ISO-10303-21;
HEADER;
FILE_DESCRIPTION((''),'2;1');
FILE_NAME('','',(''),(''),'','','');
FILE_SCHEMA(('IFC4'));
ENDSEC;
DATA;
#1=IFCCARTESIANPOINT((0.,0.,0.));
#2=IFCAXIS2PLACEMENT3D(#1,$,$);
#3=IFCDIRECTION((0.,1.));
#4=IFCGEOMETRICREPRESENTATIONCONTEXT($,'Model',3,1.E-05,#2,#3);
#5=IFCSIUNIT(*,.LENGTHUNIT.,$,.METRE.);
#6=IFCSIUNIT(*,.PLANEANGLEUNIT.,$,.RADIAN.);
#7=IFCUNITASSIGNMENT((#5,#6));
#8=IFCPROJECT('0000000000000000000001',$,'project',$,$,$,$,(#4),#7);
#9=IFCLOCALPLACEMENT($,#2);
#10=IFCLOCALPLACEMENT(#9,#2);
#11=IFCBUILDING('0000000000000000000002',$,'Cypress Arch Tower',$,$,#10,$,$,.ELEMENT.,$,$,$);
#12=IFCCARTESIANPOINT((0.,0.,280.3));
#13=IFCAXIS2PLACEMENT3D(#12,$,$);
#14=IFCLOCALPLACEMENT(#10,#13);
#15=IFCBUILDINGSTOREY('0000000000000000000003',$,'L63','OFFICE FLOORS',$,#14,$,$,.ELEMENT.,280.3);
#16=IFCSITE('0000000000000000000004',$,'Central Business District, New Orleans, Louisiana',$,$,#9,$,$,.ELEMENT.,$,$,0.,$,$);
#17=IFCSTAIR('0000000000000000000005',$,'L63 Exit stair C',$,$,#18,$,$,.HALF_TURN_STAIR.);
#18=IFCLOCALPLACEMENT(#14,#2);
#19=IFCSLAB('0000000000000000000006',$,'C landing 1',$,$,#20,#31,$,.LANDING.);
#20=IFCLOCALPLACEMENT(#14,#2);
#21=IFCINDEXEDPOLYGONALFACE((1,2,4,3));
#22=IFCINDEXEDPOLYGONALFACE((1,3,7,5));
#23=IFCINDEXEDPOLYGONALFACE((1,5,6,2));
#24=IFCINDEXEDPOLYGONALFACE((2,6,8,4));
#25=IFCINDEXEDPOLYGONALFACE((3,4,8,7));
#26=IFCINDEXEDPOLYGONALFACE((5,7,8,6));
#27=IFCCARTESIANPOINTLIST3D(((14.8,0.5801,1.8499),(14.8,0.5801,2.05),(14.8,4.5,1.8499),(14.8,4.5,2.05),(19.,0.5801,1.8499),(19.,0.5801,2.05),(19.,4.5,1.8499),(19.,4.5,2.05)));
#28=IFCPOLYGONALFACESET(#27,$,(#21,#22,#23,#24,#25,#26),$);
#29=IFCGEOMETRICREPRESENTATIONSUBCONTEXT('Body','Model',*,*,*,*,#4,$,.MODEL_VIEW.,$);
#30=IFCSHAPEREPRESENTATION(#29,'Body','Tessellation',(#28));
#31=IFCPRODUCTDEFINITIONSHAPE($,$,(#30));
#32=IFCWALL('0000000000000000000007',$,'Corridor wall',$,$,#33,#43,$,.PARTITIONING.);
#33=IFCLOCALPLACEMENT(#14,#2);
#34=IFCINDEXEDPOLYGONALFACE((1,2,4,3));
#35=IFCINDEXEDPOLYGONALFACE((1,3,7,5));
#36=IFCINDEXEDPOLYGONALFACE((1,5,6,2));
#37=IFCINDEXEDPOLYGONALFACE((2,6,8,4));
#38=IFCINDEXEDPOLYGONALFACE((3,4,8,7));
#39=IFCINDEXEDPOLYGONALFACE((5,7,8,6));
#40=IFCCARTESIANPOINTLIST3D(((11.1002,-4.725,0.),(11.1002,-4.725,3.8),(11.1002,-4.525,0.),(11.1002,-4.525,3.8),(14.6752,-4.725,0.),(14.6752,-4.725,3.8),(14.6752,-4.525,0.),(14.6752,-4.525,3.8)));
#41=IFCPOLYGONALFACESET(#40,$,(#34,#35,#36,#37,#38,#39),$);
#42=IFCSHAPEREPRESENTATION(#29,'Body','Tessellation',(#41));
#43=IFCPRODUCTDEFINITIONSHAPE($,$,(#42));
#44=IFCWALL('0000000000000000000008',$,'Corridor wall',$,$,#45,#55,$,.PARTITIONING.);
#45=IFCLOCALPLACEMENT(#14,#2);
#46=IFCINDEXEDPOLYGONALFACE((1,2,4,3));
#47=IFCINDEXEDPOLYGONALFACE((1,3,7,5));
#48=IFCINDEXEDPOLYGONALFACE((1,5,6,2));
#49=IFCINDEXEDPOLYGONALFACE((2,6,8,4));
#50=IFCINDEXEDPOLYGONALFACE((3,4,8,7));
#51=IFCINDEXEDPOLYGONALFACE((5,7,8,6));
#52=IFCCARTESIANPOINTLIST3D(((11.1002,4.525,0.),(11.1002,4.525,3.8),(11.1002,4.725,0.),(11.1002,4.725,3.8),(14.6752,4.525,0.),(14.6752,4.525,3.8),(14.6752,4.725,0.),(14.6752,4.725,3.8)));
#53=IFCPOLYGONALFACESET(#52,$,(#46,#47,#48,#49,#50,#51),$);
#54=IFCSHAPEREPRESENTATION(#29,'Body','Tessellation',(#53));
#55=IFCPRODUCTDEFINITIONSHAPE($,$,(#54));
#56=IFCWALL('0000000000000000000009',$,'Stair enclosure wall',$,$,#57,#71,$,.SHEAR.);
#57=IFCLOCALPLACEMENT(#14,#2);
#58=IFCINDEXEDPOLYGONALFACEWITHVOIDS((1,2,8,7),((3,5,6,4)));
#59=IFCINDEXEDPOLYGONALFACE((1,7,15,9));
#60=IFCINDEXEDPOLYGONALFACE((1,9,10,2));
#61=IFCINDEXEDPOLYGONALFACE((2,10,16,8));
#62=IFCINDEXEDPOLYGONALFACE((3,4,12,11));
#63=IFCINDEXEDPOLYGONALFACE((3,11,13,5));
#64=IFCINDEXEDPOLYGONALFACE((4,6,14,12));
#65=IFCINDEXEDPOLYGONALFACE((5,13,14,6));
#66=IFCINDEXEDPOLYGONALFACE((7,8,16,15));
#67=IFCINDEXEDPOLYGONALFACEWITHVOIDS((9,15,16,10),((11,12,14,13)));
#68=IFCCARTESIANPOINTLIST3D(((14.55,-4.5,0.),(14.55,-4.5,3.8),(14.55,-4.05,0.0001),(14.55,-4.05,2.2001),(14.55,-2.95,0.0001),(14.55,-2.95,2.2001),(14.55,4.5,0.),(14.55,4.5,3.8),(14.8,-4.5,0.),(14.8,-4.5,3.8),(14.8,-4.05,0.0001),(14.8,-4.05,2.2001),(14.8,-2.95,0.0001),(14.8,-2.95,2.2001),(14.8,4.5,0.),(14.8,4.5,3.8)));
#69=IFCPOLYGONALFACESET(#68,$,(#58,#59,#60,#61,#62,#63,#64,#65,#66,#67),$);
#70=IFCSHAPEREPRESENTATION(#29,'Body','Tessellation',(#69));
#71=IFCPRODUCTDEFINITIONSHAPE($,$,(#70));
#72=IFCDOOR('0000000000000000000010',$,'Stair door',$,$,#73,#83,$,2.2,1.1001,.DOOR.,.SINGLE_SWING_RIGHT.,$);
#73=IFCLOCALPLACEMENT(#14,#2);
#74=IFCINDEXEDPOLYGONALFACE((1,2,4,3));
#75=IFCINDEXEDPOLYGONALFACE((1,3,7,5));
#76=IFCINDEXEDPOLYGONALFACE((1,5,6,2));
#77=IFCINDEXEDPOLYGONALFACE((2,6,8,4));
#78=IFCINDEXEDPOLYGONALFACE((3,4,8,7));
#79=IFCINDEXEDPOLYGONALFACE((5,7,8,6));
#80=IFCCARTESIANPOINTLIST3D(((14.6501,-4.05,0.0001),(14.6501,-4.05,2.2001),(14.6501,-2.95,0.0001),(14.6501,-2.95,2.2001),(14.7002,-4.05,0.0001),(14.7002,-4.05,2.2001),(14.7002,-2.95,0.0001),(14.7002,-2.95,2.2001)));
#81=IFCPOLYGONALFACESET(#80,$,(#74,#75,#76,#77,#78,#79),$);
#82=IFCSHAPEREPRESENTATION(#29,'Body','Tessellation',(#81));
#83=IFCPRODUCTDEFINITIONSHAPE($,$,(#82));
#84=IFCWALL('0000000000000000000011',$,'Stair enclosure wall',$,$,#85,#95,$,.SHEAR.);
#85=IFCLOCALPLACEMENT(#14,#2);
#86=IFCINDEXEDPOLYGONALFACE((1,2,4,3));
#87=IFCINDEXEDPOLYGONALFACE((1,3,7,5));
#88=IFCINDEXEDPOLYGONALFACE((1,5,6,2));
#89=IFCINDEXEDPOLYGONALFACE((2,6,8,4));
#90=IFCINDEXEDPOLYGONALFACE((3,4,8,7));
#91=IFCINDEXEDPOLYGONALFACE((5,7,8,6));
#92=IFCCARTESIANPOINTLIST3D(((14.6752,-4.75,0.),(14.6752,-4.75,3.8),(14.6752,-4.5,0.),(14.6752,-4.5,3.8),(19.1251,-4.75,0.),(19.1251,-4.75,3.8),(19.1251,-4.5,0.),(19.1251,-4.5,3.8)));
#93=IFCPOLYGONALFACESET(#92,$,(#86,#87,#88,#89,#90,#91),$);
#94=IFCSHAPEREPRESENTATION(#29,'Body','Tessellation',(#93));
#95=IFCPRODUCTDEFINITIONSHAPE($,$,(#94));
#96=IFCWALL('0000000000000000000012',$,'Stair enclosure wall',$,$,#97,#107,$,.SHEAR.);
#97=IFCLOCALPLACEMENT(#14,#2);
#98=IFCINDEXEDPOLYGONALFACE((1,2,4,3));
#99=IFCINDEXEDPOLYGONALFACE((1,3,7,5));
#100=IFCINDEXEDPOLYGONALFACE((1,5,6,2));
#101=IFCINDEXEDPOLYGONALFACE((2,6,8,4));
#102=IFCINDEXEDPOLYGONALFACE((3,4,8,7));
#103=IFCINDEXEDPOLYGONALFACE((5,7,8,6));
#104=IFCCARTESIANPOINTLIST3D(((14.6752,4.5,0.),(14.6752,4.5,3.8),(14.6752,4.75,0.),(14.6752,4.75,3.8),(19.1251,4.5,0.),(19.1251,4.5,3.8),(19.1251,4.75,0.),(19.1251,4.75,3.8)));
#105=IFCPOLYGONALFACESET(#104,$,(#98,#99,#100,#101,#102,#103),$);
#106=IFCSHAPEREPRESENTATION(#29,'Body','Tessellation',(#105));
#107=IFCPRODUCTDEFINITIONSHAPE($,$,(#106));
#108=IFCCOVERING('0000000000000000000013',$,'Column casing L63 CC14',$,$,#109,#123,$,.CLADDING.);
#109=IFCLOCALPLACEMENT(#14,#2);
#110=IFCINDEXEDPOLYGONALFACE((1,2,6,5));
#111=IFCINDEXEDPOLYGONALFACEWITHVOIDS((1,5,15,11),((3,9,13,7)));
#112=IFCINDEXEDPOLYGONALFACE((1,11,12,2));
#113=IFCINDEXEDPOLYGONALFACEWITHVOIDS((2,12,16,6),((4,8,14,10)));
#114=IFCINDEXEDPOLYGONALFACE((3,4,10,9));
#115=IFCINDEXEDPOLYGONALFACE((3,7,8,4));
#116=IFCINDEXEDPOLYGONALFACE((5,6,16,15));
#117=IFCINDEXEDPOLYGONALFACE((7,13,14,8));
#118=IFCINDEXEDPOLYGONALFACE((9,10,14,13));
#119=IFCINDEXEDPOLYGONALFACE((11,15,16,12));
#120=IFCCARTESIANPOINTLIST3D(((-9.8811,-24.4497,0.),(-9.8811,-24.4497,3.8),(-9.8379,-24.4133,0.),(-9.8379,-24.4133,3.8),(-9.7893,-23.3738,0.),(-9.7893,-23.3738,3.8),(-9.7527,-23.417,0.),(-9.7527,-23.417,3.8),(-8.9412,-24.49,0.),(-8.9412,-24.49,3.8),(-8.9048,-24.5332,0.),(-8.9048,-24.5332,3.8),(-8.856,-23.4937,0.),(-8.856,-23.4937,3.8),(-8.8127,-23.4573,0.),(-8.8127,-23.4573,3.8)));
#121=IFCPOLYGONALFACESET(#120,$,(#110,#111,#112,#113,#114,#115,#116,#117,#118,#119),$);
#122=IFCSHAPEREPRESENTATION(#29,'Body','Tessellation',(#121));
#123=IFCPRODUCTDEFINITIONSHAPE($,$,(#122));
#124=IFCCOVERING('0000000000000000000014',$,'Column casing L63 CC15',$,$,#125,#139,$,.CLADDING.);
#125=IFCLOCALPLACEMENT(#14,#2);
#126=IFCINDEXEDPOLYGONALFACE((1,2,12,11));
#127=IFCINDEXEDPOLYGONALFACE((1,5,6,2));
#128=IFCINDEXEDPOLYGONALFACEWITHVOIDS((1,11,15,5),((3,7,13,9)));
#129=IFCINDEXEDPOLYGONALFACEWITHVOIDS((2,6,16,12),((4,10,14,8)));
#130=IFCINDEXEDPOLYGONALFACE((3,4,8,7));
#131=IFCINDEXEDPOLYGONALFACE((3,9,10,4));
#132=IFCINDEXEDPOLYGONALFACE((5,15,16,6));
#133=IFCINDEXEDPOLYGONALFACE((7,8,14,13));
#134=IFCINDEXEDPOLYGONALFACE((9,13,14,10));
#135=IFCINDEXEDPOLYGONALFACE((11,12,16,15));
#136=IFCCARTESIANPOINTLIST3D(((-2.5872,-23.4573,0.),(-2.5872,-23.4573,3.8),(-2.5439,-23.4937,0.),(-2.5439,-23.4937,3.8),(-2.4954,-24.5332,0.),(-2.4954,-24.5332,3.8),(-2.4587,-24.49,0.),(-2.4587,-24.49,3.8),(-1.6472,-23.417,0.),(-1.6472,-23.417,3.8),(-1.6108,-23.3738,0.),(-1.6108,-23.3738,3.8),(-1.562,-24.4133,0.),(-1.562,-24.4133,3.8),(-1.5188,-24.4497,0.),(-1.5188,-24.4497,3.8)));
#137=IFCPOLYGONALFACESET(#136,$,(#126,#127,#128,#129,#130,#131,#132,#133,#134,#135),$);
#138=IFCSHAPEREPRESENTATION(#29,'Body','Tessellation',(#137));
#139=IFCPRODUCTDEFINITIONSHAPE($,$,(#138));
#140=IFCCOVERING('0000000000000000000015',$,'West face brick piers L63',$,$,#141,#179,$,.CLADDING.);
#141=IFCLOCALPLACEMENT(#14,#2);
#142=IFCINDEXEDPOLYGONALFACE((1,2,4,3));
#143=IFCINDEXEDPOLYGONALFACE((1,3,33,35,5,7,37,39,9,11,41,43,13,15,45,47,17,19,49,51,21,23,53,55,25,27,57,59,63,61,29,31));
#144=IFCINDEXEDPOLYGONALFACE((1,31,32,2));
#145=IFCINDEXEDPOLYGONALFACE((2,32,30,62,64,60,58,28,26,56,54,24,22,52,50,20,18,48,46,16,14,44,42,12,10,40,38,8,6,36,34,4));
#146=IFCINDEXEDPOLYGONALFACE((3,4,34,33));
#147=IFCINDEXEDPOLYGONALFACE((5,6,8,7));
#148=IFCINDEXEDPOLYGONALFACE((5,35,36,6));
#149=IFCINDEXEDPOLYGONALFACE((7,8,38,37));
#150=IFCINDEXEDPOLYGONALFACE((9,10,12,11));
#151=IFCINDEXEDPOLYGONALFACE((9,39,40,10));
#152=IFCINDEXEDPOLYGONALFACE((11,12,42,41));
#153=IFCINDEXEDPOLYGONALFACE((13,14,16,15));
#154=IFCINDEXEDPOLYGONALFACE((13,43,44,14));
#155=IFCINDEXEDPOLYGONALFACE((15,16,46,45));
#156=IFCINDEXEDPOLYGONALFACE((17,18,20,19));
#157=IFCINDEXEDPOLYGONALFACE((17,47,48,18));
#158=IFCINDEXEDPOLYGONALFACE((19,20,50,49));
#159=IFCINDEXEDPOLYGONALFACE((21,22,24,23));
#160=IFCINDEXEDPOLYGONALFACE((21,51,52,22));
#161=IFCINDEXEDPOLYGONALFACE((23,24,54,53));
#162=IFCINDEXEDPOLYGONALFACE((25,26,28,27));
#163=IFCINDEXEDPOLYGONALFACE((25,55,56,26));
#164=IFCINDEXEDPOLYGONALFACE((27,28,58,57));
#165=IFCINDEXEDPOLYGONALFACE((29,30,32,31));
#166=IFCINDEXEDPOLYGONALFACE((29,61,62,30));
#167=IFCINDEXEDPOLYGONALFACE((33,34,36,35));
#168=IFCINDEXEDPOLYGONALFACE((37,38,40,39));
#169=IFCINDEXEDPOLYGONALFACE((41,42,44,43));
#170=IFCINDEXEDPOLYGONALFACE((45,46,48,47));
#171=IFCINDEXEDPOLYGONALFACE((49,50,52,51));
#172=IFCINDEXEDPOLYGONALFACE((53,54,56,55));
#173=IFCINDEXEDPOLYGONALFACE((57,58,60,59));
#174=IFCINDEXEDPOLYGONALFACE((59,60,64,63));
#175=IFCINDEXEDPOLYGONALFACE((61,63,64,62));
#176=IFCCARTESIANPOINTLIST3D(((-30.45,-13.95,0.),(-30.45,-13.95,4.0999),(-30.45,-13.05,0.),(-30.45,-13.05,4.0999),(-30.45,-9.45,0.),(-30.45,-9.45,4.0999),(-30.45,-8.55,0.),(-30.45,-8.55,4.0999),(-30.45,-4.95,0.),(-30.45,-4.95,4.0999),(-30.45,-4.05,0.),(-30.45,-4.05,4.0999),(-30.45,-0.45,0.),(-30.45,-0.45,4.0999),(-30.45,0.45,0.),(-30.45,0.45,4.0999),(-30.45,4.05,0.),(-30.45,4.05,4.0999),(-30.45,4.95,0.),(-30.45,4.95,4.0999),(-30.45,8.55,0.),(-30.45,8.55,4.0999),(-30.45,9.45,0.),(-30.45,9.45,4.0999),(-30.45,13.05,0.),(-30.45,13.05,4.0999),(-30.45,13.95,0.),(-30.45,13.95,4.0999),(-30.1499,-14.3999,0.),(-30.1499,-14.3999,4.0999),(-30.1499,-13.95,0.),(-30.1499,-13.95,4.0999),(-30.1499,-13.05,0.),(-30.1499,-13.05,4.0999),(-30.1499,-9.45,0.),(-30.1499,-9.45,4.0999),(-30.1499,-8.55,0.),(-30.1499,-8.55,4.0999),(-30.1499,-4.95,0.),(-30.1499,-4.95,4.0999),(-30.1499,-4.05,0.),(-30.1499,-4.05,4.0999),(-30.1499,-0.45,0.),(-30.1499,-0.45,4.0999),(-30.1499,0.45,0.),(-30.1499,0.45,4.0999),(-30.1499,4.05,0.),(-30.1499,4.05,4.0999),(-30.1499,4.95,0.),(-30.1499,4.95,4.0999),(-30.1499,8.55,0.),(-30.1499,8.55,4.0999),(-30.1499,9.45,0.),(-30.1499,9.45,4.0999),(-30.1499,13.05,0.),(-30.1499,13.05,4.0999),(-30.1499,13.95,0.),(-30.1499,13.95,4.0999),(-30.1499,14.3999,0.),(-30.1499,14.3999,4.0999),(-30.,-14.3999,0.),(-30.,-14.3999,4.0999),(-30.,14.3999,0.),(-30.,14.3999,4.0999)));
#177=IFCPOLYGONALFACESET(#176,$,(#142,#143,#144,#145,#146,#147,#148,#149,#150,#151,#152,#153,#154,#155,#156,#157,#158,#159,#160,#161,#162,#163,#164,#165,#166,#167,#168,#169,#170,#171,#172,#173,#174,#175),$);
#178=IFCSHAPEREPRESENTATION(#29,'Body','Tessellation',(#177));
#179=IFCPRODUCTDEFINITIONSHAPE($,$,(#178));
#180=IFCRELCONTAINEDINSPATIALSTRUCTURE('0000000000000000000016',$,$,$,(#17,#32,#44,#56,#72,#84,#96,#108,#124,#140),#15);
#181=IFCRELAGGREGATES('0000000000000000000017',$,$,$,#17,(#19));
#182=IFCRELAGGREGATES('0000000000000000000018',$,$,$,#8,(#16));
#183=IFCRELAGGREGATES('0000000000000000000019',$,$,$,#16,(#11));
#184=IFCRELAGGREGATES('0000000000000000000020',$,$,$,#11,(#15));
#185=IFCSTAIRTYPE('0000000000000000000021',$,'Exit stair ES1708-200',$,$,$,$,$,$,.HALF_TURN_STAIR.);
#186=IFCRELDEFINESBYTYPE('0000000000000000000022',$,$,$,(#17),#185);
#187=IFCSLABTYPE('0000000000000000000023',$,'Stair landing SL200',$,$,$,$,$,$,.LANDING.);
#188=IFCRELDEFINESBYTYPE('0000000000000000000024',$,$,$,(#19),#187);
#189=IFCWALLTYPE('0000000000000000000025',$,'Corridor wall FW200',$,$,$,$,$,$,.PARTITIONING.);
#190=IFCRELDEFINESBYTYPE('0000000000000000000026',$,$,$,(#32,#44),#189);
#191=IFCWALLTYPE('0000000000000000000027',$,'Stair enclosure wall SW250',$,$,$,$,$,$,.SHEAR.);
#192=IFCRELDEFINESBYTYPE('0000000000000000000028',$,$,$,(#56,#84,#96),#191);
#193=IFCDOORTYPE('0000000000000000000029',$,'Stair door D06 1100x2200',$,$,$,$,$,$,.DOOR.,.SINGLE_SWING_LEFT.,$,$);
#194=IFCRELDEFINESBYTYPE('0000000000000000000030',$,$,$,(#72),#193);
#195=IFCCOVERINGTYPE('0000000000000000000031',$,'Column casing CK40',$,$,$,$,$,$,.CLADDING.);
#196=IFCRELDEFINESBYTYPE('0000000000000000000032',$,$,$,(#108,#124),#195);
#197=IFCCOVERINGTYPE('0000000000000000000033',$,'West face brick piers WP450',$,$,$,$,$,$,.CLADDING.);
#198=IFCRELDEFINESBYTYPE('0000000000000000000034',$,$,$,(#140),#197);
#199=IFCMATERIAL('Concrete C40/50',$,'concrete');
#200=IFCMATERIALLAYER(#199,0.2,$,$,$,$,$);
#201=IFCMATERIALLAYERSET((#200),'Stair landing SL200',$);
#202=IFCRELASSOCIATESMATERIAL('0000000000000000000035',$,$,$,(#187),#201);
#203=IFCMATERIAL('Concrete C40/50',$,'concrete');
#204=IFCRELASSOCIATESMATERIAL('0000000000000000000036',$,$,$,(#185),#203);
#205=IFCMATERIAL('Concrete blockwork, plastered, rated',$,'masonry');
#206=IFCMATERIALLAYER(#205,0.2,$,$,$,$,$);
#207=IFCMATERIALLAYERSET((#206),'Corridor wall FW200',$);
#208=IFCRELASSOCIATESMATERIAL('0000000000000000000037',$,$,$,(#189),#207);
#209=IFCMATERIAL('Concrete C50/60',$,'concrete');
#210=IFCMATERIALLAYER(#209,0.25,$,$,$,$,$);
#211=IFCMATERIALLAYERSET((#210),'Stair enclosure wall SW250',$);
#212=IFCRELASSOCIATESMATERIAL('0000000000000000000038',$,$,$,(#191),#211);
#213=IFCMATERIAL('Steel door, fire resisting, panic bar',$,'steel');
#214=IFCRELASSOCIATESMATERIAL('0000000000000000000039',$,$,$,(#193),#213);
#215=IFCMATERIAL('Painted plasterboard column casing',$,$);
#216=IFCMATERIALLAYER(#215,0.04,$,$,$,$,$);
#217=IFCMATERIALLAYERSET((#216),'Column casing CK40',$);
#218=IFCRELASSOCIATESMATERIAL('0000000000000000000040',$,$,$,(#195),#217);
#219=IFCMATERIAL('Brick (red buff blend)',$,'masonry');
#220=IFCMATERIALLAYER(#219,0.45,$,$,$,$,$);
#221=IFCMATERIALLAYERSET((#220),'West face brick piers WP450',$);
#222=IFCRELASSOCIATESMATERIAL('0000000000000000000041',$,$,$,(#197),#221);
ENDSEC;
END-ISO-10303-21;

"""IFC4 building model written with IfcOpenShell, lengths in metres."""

from ifc_helpers import new_model, si_unit, direction, frame, frame_2d, origin, place, context, subcontext, project, spatial, polyline, rectangle, outline, extrude, material, layer, layer_set, type_object, element, fill, aggregate, save


model = new_model("IFC4")

# Units and contexts
model_context = context("Model", 3, precision=1e-05, world=origin(), true_north=direction((0.0, 1.0)))
body_context = subcontext(model_context, "Body", "Model", "MODEL_VIEW")
ifc_project = project(units=[si_unit("LENGTHUNIT", "METRE"), si_unit("PLANEANGLEUNIT", "RADIAN")], contexts=[model_context])

# Site, building, storey
site_placement = place(None, origin())
site = spatial("IfcSite", under=ifc_project, at=site_placement, Name="Central Business District, New Orleans, Louisiana", CompositionType="ELEMENT", RefElevation=0.0)
building_placement = place(site_placement, origin())
building = spatial("IfcBuilding", under=site, at=building_placement, Name="Cypress Arch Tower", CompositionType="ELEMENT")
storey_placement = place(building_placement, frame((0.0, 0.0, 280.3)))
storey = spatial("IfcBuildingStorey", under=building, at=storey_placement, Name="L63", Description="OFFICE FLOORS", CompositionType="ELEMENT", Elevation=280.3)

# Stair, slab
ifc_material_1 = material(Name="Concrete C40/50", Category="concrete")
ifc_layer_1 = layer(ifc_material_1, 0.2)
ifc_layer_set_1 = layer_set([ifc_layer_1], Name="Stair landing SL200")
slab_type_1 = type_object("IfcSlabType", Name="Stair landing SL200", PredefinedType="LANDING", material=ifc_layer_set_1)
ifc_material_2 = material(Name="Concrete C40/50", Category="concrete")
stair_type_1 = type_object("IfcStairType", Name="Exit stair ES1708-200", PredefinedType="HALF_TURN_STAIR", material=ifc_material_2)
stair_1_placement = place(storey_placement, origin())
stair_1 = element("IfcStair", 1, at=stair_1_placement, inside=storey, type_object=stair_type_1, Name="L63 Exit stair C", PredefinedType="HALF_TURN_STAIR")
slab_1_placement = place(storey_placement, frame((0.0, 0.0, 1.8499)))
slab_1 = element("IfcSlab", 2, at=slab_1_placement, type_object=slab_type_1, Name="C landing 1", PredefinedType="LANDING", context=body_context, shape_type="SweptSolid", body=[
    extrude(outline(polyline([(19.0, 0.5801), (19.0, 4.5), (14.8, 4.5), (14.8, 0.5801), (19.0, 0.5801)])), origin(), (0.0, 0.0, 1.0), 0.2002),
])
aggregate(stair_1, [slab_1])

# Walls
ifc_material_3 = material(Name="Concrete blockwork, plastered, rated", Category="masonry")
ifc_layer_2 = layer(ifc_material_3, 0.2)
ifc_layer_set_2 = layer_set([ifc_layer_2], Name="Corridor wall FW200")
wall_type_1 = type_object("IfcWallType", Name="Corridor wall FW200", PredefinedType="PARTITIONING", material=ifc_layer_set_2)
for number, where, z_axis, x_axis, name in (
    (3, (11.1001, -4.625, 0.0), (0.0, 0.0, 1.0), (1.0, 0.0, 0.0), "Corridor wall"),
    (4, (11.1001, 4.625, 0.0), (0.0, 0.0, 1.0), (1.0, 0.0, 0.0), "Corridor wall"),
):
    element("IfcWall", number, at=place(storey_placement, frame(where, z_axis=z_axis, x_axis=x_axis)), inside=storey, type_object=wall_type_1, Name=name, PredefinedType="PARTITIONING", context=body_context, shape_type="SweptSolid", body=[
        extrude(rectangle(XDim=3.575, YDim=0.2, at=frame_2d((1.7876, 0.0))), origin(), (0.0, 0.0, 1.0), 3.8),
    ])

# Wall, opening, door
ifc_material_4 = material(Name="Concrete C50/60", Category="concrete")
ifc_layer_3 = layer(ifc_material_4, 0.25)
ifc_layer_set_3 = layer_set([ifc_layer_3], Name="Stair enclosure wall SW250")
wall_type_2 = type_object("IfcWallType", Name="Stair enclosure wall SW250", PredefinedType="SHEAR", material=ifc_layer_set_3)
wall_placement = place(storey_placement, frame((14.675, -4.5, 0.0), z_axis=(0.0, 0.0, 1.0), x_axis=(0.0, 1.0, 0.0)))
wall = element("IfcWall", 5, at=wall_placement, inside=storey, type_object=wall_type_2, Name="Stair enclosure wall", PredefinedType="SHEAR", context=body_context, shape_type="SweptSolid", body=[
    extrude(rectangle(XDim=9.0, YDim=0.25, at=frame_2d((4.5, 0.0))), origin(), (0.0, 0.0, 1.0), 3.8),
])
opening_placement = place(wall_placement, frame((0.45, 0.0, 0.0)))
opening = element("IfcOpeningElement", 6, at=opening_placement, cuts=wall, PredefinedType="OPENING", context=body_context, shape_type="SweptSolid", body=[
    extrude(rectangle(XDim=1.1001, YDim=2.2, at=frame_2d((0.55, 1.1001))), frame((0.0, 0.135, 0.0), z_axis=(0.0, -1.0, 0.0), x_axis=(1.0, 0.0, 0.0)), (0.0, 0.0, 1.0), 0.27),
])
ifc_material_5 = material(Name="Steel door, fire resisting, panic bar", Category="steel")
door_type = type_object("IfcDoorType", Name="Stair door D06 1100x2200", OperationType="SINGLE_SWING_LEFT", PredefinedType="DOOR", material=ifc_material_5)
door_placement = place(opening_placement, origin())
door = element("IfcDoor", 7, at=door_placement, inside=storey, type_object=door_type, Name="Stair door", OperationType="SINGLE_SWING_RIGHT", OverallHeight=2.2, OverallWidth=1.1001, PredefinedType="DOOR", context=body_context, shape_type="SweptSolid", body=[
    extrude(rectangle(XDim=1.1001, YDim=2.2, at=frame_2d((0.55, 1.1001))), frame((0.0, 0.0249, 0.0), z_axis=(0.0, -1.0, 0.0), x_axis=(1.0, 0.0, 0.0)), (0.0, 0.0, 1.0), 0.05),
])
fill(opening, door)

# Walls
for number, where, z_axis, x_axis, name in (
    (8, (14.675, -4.625, 0.0), (0.0, 0.0, 1.0), (1.0, 0.0, 0.0), "Stair enclosure wall"),
    (9, (14.675, 4.625, 0.0), (0.0, 0.0, 1.0), (1.0, 0.0, 0.0), "Stair enclosure wall"),
):
    element("IfcWall", number, at=place(storey_placement, frame(where, z_axis=z_axis, x_axis=x_axis)), inside=storey, type_object=wall_type_2, Name=name, PredefinedType="SHEAR", context=body_context, shape_type="SweptSolid", body=[
        extrude(rectangle(XDim=4.45, YDim=0.25, at=frame_2d((2.2251, 0.0))), origin(), (0.0, 0.0, 1.0), 3.8),
    ])

# Coverings
ifc_material_6 = material(Name="Painted plasterboard column casing")
ifc_layer_4 = layer(ifc_material_6, 0.04)
ifc_layer_set_4 = layer_set([ifc_layer_4], Name="Column casing CK40")
covering_type_1 = type_object("IfcCoveringType", Name="Column casing CK40", PredefinedType="CLADDING", material=ifc_layer_set_4)
covering_1_placement = place(storey_placement, origin())
element("IfcCovering", 10, at=covering_1_placement, inside=storey, type_object=covering_type_1, Name="Column casing L63 CC14", PredefinedType="CLADDING", context=body_context, shape_type="SweptSolid", body=[
    extrude(outline(polyline([(-9.8811, -24.4497), (-9.7893, -23.3738), (-8.8127, -23.4573), (-8.9048, -24.5332), (-9.8811, -24.4497)]), holes=[polyline([(-9.8379, -24.4133), (-8.9412, -24.49), (-8.856, -23.4937), (-9.7527, -23.417), (-9.8379, -24.4133)])]), origin(), (0.0, 0.0, 1.0), 3.8),
])
covering_2_placement = place(storey_placement, origin())
element("IfcCovering", 11, at=covering_2_placement, inside=storey, type_object=covering_type_1, Name="Column casing L63 CC15", PredefinedType="CLADDING", context=body_context, shape_type="SweptSolid", body=[
    extrude(outline(polyline([(-2.4954, -24.5332), (-2.5872, -23.4573), (-1.6108, -23.3738), (-1.5188, -24.4497), (-2.4954, -24.5332)]), holes=[polyline([(-2.4587, -24.49), (-1.562, -24.4133), (-1.6472, -23.417), (-2.5439, -23.4937), (-2.4587, -24.49)])]), origin(), (0.0, 0.0, 1.0), 3.8),
])
ifc_material_7 = material(Name="Brick (red buff blend)", Category="masonry")
ifc_layer_5 = layer(ifc_material_7, 0.45)
ifc_layer_set_5 = layer_set([ifc_layer_5], Name="West face brick piers WP450")
covering_type_2 = type_object("IfcCoveringType", Name="West face brick piers WP450", PredefinedType="CLADDING", material=ifc_layer_set_5)
covering_3_placement = place(storey_placement, origin())
element("IfcCovering", 12, at=covering_3_placement, inside=storey, type_object=covering_type_2, Name="West face brick piers L63", PredefinedType="CLADDING", context=body_context, shape_type="SweptSolid", body=[
    extrude(outline(polyline([(-30.1499, -13.05), (-30.1499, -9.45), (-30.45, -9.45), (-30.45, -8.55), (-30.1499, -8.55), (-30.1499, -4.95), (-30.45, -4.95), (-30.45, -4.05), (-30.1499, -4.05), (-30.1499, -0.45), (-30.45, -0.45), (-30.45, 0.45), (-30.1499, 0.45), (-30.1499, 4.05), (-30.45, 4.05), (-30.45, 4.95), (-30.1499, 4.95), (-30.1499, 8.55), (-30.45, 8.55), (-30.45, 9.45), (-30.1499, 9.45), (-30.1499, 13.05), (-30.45, 13.05), (-30.45, 13.95), (-30.1499, 13.95), (-30.1499, 14.3999), (-30.0, 14.3999), (-30.0, -14.3999), (-30.1499, -14.3999), (-30.1499, -13.95), (-30.45, -13.95), (-30.45, -13.05), (-30.1499, -13.05)])), origin(), (0.0, 0.0, 1.0), 4.0999),
])

save(model, "model.ifc")
